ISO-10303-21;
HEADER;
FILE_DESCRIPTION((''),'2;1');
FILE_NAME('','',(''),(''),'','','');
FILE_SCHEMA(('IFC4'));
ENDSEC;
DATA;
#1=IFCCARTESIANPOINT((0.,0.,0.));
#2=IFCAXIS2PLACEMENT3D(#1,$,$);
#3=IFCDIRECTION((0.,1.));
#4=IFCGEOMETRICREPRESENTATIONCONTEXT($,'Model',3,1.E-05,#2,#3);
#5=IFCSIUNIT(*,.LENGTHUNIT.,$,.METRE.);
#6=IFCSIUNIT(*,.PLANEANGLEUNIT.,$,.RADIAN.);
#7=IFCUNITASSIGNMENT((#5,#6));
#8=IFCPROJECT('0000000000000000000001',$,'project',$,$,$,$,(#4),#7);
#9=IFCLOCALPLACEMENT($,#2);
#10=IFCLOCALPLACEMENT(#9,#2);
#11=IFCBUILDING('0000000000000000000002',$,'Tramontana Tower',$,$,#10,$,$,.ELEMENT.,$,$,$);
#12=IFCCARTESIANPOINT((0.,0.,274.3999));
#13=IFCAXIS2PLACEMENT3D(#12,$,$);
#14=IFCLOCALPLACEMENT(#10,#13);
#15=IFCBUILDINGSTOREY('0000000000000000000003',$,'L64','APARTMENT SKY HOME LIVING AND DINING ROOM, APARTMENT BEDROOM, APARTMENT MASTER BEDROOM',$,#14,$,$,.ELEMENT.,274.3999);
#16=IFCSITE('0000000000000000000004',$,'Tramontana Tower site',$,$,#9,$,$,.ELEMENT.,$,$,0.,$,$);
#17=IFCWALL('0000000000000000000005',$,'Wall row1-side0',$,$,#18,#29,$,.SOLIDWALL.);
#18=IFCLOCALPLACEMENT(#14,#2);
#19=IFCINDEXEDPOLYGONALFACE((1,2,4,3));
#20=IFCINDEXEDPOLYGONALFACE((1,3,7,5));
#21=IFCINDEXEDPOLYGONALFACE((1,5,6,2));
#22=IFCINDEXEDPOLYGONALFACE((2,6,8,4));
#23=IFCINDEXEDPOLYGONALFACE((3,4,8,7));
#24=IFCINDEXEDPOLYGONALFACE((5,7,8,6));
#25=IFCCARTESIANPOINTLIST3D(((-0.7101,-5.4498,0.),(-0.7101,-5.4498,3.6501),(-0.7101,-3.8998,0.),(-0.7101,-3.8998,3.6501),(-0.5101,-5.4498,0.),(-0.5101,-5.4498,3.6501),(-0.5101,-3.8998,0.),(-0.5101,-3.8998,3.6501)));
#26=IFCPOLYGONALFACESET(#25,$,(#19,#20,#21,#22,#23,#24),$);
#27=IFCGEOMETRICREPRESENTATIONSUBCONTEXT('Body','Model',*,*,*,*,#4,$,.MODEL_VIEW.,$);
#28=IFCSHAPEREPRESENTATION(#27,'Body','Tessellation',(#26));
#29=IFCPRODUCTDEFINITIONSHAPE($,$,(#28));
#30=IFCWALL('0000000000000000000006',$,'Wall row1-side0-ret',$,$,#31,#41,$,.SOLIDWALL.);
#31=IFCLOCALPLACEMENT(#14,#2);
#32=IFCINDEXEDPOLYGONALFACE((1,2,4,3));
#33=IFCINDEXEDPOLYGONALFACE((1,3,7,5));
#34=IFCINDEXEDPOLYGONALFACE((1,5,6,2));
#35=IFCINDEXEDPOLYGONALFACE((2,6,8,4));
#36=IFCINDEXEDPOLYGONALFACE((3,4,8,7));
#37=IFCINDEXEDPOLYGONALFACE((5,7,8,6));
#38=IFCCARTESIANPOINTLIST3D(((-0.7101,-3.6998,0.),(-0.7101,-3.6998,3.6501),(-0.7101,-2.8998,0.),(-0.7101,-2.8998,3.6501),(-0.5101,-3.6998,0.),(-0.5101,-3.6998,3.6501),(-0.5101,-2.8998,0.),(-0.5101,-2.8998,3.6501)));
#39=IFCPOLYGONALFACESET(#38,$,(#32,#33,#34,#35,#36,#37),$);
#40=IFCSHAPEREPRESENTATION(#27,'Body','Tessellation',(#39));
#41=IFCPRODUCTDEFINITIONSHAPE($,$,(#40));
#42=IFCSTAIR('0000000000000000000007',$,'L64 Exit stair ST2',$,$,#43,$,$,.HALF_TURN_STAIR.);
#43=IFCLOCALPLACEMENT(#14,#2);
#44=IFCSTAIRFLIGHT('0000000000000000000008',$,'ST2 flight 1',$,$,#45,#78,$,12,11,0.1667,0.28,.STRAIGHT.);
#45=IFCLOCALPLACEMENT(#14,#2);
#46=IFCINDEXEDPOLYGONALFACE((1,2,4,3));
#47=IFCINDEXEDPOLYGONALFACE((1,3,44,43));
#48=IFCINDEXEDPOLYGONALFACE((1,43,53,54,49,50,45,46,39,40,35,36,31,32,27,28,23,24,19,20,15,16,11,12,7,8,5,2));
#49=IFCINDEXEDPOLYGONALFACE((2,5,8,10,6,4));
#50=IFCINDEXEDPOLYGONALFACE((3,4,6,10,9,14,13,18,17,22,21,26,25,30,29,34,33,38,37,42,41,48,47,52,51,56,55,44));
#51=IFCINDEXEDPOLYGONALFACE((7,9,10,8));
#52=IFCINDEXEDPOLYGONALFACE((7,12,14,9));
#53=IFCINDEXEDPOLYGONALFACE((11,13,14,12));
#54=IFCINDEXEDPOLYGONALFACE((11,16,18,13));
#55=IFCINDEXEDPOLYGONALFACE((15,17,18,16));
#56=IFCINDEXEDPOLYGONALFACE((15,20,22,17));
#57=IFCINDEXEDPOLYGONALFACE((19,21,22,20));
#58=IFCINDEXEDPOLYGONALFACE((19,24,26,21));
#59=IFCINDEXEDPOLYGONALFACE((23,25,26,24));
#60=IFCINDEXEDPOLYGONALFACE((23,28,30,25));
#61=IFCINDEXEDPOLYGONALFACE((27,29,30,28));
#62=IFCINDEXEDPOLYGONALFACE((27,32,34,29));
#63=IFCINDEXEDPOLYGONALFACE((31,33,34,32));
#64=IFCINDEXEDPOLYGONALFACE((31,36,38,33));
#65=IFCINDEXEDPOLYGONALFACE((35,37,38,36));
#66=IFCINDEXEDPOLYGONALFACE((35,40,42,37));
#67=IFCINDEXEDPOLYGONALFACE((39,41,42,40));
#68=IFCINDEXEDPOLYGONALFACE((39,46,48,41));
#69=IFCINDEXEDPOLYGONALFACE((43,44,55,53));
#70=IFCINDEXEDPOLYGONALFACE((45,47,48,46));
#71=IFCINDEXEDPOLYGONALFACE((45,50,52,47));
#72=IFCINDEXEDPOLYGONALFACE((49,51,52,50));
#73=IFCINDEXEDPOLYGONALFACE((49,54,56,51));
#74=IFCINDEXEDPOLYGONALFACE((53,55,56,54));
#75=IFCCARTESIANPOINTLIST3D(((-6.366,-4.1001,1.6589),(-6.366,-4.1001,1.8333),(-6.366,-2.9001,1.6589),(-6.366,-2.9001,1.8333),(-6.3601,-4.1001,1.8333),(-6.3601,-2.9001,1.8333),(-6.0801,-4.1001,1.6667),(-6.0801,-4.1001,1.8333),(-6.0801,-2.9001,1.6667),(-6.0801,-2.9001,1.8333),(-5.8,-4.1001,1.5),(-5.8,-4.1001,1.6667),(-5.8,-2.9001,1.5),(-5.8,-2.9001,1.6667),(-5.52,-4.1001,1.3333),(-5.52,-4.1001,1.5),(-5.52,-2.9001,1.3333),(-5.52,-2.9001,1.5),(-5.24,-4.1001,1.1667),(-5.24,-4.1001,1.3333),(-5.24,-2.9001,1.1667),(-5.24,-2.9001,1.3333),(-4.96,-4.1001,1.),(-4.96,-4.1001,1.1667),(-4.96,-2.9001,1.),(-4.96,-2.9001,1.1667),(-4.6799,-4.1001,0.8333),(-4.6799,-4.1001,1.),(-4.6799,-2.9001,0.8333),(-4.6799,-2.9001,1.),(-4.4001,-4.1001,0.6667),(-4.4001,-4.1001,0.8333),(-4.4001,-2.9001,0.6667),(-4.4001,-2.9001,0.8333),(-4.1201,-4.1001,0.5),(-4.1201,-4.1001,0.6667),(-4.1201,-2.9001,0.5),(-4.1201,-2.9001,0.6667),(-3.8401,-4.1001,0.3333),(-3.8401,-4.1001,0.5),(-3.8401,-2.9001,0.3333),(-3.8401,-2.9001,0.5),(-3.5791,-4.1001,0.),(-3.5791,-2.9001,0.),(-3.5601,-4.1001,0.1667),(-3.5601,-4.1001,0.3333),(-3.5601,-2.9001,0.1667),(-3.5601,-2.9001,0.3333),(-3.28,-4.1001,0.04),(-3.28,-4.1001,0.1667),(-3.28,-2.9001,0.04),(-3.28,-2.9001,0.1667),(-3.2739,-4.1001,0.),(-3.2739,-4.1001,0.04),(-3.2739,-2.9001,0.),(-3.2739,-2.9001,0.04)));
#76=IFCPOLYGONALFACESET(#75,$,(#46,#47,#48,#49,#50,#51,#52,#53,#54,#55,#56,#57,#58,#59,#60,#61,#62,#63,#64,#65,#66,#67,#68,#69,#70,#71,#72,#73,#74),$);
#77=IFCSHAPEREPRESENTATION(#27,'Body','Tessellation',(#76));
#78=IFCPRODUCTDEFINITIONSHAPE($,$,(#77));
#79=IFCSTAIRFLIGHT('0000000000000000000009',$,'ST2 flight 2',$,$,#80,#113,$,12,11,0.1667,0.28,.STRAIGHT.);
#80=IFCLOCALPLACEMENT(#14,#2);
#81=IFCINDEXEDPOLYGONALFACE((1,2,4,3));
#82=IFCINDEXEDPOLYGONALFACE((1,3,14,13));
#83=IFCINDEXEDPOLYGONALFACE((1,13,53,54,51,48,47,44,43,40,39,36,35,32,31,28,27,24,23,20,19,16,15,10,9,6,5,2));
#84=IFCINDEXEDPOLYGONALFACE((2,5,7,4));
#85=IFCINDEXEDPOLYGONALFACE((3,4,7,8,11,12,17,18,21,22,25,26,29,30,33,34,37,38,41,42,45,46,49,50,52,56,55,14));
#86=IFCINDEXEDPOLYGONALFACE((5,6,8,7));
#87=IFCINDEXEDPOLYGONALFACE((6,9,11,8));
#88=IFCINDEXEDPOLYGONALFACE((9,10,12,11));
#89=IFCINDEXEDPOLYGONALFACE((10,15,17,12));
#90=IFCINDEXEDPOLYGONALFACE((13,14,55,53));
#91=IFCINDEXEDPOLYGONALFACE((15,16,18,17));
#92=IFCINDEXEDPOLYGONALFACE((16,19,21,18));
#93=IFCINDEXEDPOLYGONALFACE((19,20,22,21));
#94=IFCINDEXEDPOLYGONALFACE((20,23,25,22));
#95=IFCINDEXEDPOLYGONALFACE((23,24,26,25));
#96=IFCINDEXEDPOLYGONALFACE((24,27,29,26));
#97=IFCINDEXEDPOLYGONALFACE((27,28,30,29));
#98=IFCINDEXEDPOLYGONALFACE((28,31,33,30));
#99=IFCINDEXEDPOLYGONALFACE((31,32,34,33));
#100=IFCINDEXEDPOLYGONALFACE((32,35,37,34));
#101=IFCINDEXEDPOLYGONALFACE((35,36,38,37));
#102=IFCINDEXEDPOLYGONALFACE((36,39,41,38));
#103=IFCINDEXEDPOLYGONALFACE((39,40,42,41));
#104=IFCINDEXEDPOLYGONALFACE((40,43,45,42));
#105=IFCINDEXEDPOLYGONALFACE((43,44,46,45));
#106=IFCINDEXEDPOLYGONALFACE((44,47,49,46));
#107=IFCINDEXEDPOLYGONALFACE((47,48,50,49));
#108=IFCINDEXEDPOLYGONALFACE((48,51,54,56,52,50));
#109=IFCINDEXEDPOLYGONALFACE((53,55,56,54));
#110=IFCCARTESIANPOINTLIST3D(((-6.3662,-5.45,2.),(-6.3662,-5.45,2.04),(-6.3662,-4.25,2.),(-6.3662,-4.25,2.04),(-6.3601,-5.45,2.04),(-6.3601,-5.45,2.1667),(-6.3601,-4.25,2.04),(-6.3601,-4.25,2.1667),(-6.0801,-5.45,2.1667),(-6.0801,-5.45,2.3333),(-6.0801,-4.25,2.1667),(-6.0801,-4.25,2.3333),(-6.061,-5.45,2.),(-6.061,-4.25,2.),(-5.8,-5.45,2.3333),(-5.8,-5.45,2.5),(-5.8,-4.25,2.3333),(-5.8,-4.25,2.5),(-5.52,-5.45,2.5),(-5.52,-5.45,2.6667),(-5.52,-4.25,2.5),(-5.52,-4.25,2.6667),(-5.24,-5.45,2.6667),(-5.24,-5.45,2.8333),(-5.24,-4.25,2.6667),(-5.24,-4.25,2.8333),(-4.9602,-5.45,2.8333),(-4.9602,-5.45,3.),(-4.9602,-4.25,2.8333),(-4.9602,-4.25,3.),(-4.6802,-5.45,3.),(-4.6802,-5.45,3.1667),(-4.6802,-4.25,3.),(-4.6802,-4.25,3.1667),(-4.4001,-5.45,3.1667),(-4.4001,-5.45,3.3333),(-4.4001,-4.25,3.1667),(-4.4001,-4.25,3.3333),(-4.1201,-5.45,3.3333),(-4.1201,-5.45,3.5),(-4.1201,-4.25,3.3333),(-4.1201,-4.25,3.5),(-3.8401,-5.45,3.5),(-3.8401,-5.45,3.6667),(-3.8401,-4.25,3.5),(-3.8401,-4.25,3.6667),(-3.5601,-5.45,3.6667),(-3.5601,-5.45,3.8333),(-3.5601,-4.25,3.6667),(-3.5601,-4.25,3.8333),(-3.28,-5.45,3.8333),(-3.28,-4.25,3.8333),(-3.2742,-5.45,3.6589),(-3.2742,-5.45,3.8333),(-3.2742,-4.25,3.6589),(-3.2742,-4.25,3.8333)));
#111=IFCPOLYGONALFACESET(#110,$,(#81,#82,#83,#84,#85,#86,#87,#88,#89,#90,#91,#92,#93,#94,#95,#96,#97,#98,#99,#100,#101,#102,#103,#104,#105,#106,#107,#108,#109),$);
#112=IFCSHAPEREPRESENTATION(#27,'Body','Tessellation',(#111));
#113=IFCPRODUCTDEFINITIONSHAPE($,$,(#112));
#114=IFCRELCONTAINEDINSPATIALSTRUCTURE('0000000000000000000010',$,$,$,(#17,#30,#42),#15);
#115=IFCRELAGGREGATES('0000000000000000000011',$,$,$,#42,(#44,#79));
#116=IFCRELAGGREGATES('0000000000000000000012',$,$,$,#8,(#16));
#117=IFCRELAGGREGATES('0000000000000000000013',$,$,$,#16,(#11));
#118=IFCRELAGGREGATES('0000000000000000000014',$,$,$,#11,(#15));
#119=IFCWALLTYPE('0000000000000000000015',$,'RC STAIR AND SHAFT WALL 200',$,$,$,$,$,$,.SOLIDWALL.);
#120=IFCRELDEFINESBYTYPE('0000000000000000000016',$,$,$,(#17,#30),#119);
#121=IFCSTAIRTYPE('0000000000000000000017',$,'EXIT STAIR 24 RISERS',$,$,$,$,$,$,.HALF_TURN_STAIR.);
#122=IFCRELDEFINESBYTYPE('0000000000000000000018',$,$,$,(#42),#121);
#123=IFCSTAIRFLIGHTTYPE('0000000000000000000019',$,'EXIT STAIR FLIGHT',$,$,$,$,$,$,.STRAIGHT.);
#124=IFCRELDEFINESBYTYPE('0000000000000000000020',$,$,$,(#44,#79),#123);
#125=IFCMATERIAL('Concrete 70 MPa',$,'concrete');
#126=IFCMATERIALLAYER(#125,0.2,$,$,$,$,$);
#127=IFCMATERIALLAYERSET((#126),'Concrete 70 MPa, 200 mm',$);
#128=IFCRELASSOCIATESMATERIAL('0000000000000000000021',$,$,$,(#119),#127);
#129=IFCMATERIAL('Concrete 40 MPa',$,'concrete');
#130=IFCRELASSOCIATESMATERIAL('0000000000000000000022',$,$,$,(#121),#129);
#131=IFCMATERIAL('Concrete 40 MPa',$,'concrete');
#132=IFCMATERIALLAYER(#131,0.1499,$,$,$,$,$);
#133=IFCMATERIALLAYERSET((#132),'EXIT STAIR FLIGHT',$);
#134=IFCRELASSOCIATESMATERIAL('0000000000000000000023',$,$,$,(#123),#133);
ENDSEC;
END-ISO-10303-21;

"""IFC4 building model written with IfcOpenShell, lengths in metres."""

from ifc_helpers import new_model, si_unit, direction, frame, frame_2d, origin, place, context, subcontext, project, spatial, polyline, rectangle, outline, extrude, material, layer, layer_set, type_object, element, aggregate, save


model = new_model("IFC4")

# Units and contexts
model_context = context("Model", 3, precision=1e-05, world=origin(), true_north=direction((0.0, 1.0)))
body_context = subcontext(model_context, "Body", "Model", "MODEL_VIEW")
ifc_project = project(units=[si_unit("LENGTHUNIT", "METRE"), si_unit("PLANEANGLEUNIT", "RADIAN")], contexts=[model_context])

# Site, building, storey
site_placement = place(None, origin())
site = spatial("IfcSite", under=ifc_project, at=site_placement, Name="Tramontana Tower site", CompositionType="ELEMENT", RefElevation=0.0)
building_placement = place(site_placement, origin())
building = spatial("IfcBuilding", under=site, at=building_placement, Name="Tramontana Tower", CompositionType="ELEMENT")
storey_placement = place(building_placement, frame((0.0, 0.0, 274.3999)))
storey = spatial("IfcBuildingStorey", under=building, at=storey_placement, Name="L64", Description="APARTMENT SKY HOME LIVING AND DINING ROOM, APARTMENT BEDROOM, APARTMENT MASTER BEDROOM", CompositionType="ELEMENT", Elevation=274.3999)

# Shared definitions
ifc_material_1 = material(Name="Concrete 70 MPa", Category="concrete")
ifc_layer_1 = layer(ifc_material_1, 0.2)
ifc_layer_set_1 = layer_set([ifc_layer_1], Name="Concrete 70 MPa, 200 mm")
wall_type_1 = type_object("IfcWallType", Name="RC STAIR AND SHAFT WALL 200", PredefinedType="SOLIDWALL", material=ifc_layer_set_1)

# Walls
wall_1_placement = place(storey_placement, frame((-0.6101, -3.8999, 0.0), z_axis=(0.0, 0.0, 1.0), x_axis=(0.0, -1.0, 0.0)))
element("IfcWall", 1, at=wall_1_placement, inside=storey, type_object=wall_type_1, Name="Wall row1-side0", PredefinedType="SOLIDWALL", context=body_context, shape_type="SweptSolid", body=[
    extrude(rectangle(XDim=1.55, YDim=0.2, at=frame_2d((0.7749, 0.0))), origin(), (0.0, 0.0, 1.0), 3.6501),
])
wall_2_placement = place(storey_placement, frame((-0.6101, -2.8999, 0.0), z_axis=(0.0, 0.0, 1.0), x_axis=(0.0, -1.0, 0.0)))
element("IfcWall", 2, at=wall_2_placement, inside=storey, type_object=wall_type_1, Name="Wall row1-side0-ret", PredefinedType="SOLIDWALL", context=body_context, shape_type="SweptSolid", body=[
    extrude(rectangle(XDim=0.8, YDim=0.2, at=frame_2d((0.3999, 0.0))), origin(), (0.0, 0.0, 1.0), 3.6501),
])

# Stair, stair flights
ifc_material_2 = material(Name="Concrete 40 MPa", Category="concrete")
stair_type = type_object("IfcStairType", Name="EXIT STAIR 24 RISERS", PredefinedType="HALF_TURN_STAIR", material=ifc_material_2)
stair_placement = place(storey_placement, origin())
stair = element("IfcStair", 3, at=stair_placement, inside=storey, type_object=stair_type, Name="L64 Exit stair ST2", PredefinedType="HALF_TURN_STAIR")
ifc_material_3 = material(Name="Concrete 40 MPa", Category="concrete")
ifc_layer_2 = layer(ifc_material_3, 0.1499)
ifc_layer_set_2 = layer_set([ifc_layer_2], Name="EXIT STAIR FLIGHT")
stair_flight_type = type_object("IfcStairFlightType", Name="EXIT STAIR FLIGHT", PredefinedType="STRAIGHT", material=ifc_layer_set_2)
stair_flight_1_placement = place(storey_placement, frame((-3.28, -3.5, 0.0), z_axis=(0.0, 0.0, 1.0), x_axis=(-1.0, 0.0, 0.0)))
stair_flight_1 = element("IfcStairFlight", 4, at=stair_flight_1_placement, type_object=stair_flight_type, Name="ST2 flight 1", NumberOfRisers=12, NumberOfTreads=11, PredefinedType="STRAIGHT", RiserHeight=0.1667, TreadLength=0.28, context=body_context, shape_type="SweptSolid", body=[
    extrude(outline(polyline([(-0.0061, 0.0), (-0.0061, 0.04), (0.0, 0.04), (0.0, 0.1667), (0.28, 0.1667), (0.28, 0.3333), (0.5601, 0.3333), (0.5601, 0.5), (0.8401, 0.5), (0.8401, 0.6667), (1.1201, 0.6667), (1.1201, 0.8333), (1.3999, 0.8333), (1.3999, 1.0), (1.6799, 1.0), (1.6799, 1.1667), (1.96, 1.1667), (1.96, 1.3333), (2.24, 1.3333), (2.24, 1.5), (2.52, 1.5), (2.52, 1.6667), (2.8, 1.6667), (2.8, 1.8333), (3.0801, 1.8333), (3.0859, 1.8333), (3.0859, 1.6589), (0.2991, 0.0), (-0.0061, 0.0)])), frame((0.0, 0.6001, 0.0), z_axis=(0.0, -1.0, 0.0), x_axis=(1.0, 0.0, 0.0)), (0.0, 0.0, 1.0), 1.2),
])
stair_flight_2_placement = place(storey_placement, frame((-6.3601, -4.8501, 2.0), z_axis=(0.0, 0.0, 1.0), x_axis=(1.0, 0.0, 0.0)))
stair_flight_2 = element("IfcStairFlight", 5, at=stair_flight_2_placement, type_object=stair_flight_type, Name="ST2 flight 2", NumberOfRisers=12, NumberOfTreads=11, PredefinedType="STRAIGHT", RiserHeight=0.1667, TreadLength=0.28, context=body_context, shape_type="SweptSolid", body=[
    extrude(outline(polyline([(-0.0061, 0.0), (-0.0061, 0.04), (0.0, 0.04), (0.0, 0.1667), (0.28, 0.1667), (0.28, 0.3333), (0.5601, 0.3333), (0.5601, 0.5), (0.8401, 0.5), (0.8401, 0.6667), (1.1201, 0.6667), (1.1201, 0.8333), (1.3999, 0.8333), (1.3999, 1.0), (1.6799, 1.0), (1.6799, 1.1667), (1.96, 1.1667), (1.96, 1.3333), (2.24, 1.3333), (2.24, 1.5), (2.52, 1.5), (2.52, 1.6667), (2.8, 1.6667), (2.8, 1.8333), (3.0801, 1.8333), (3.0859, 1.8333), (3.0859, 1.6589), (0.2991, 0.0), (-0.0061, 0.0)])), frame((0.0, 0.6001, 0.0), z_axis=(0.0, -1.0, 0.0), x_axis=(1.0, 0.0, 0.0)), (0.0, 0.0, 1.0), 1.2),
])
aggregate(stair, [stair_flight_1, stair_flight_2])

save(model, "model.ifc")
